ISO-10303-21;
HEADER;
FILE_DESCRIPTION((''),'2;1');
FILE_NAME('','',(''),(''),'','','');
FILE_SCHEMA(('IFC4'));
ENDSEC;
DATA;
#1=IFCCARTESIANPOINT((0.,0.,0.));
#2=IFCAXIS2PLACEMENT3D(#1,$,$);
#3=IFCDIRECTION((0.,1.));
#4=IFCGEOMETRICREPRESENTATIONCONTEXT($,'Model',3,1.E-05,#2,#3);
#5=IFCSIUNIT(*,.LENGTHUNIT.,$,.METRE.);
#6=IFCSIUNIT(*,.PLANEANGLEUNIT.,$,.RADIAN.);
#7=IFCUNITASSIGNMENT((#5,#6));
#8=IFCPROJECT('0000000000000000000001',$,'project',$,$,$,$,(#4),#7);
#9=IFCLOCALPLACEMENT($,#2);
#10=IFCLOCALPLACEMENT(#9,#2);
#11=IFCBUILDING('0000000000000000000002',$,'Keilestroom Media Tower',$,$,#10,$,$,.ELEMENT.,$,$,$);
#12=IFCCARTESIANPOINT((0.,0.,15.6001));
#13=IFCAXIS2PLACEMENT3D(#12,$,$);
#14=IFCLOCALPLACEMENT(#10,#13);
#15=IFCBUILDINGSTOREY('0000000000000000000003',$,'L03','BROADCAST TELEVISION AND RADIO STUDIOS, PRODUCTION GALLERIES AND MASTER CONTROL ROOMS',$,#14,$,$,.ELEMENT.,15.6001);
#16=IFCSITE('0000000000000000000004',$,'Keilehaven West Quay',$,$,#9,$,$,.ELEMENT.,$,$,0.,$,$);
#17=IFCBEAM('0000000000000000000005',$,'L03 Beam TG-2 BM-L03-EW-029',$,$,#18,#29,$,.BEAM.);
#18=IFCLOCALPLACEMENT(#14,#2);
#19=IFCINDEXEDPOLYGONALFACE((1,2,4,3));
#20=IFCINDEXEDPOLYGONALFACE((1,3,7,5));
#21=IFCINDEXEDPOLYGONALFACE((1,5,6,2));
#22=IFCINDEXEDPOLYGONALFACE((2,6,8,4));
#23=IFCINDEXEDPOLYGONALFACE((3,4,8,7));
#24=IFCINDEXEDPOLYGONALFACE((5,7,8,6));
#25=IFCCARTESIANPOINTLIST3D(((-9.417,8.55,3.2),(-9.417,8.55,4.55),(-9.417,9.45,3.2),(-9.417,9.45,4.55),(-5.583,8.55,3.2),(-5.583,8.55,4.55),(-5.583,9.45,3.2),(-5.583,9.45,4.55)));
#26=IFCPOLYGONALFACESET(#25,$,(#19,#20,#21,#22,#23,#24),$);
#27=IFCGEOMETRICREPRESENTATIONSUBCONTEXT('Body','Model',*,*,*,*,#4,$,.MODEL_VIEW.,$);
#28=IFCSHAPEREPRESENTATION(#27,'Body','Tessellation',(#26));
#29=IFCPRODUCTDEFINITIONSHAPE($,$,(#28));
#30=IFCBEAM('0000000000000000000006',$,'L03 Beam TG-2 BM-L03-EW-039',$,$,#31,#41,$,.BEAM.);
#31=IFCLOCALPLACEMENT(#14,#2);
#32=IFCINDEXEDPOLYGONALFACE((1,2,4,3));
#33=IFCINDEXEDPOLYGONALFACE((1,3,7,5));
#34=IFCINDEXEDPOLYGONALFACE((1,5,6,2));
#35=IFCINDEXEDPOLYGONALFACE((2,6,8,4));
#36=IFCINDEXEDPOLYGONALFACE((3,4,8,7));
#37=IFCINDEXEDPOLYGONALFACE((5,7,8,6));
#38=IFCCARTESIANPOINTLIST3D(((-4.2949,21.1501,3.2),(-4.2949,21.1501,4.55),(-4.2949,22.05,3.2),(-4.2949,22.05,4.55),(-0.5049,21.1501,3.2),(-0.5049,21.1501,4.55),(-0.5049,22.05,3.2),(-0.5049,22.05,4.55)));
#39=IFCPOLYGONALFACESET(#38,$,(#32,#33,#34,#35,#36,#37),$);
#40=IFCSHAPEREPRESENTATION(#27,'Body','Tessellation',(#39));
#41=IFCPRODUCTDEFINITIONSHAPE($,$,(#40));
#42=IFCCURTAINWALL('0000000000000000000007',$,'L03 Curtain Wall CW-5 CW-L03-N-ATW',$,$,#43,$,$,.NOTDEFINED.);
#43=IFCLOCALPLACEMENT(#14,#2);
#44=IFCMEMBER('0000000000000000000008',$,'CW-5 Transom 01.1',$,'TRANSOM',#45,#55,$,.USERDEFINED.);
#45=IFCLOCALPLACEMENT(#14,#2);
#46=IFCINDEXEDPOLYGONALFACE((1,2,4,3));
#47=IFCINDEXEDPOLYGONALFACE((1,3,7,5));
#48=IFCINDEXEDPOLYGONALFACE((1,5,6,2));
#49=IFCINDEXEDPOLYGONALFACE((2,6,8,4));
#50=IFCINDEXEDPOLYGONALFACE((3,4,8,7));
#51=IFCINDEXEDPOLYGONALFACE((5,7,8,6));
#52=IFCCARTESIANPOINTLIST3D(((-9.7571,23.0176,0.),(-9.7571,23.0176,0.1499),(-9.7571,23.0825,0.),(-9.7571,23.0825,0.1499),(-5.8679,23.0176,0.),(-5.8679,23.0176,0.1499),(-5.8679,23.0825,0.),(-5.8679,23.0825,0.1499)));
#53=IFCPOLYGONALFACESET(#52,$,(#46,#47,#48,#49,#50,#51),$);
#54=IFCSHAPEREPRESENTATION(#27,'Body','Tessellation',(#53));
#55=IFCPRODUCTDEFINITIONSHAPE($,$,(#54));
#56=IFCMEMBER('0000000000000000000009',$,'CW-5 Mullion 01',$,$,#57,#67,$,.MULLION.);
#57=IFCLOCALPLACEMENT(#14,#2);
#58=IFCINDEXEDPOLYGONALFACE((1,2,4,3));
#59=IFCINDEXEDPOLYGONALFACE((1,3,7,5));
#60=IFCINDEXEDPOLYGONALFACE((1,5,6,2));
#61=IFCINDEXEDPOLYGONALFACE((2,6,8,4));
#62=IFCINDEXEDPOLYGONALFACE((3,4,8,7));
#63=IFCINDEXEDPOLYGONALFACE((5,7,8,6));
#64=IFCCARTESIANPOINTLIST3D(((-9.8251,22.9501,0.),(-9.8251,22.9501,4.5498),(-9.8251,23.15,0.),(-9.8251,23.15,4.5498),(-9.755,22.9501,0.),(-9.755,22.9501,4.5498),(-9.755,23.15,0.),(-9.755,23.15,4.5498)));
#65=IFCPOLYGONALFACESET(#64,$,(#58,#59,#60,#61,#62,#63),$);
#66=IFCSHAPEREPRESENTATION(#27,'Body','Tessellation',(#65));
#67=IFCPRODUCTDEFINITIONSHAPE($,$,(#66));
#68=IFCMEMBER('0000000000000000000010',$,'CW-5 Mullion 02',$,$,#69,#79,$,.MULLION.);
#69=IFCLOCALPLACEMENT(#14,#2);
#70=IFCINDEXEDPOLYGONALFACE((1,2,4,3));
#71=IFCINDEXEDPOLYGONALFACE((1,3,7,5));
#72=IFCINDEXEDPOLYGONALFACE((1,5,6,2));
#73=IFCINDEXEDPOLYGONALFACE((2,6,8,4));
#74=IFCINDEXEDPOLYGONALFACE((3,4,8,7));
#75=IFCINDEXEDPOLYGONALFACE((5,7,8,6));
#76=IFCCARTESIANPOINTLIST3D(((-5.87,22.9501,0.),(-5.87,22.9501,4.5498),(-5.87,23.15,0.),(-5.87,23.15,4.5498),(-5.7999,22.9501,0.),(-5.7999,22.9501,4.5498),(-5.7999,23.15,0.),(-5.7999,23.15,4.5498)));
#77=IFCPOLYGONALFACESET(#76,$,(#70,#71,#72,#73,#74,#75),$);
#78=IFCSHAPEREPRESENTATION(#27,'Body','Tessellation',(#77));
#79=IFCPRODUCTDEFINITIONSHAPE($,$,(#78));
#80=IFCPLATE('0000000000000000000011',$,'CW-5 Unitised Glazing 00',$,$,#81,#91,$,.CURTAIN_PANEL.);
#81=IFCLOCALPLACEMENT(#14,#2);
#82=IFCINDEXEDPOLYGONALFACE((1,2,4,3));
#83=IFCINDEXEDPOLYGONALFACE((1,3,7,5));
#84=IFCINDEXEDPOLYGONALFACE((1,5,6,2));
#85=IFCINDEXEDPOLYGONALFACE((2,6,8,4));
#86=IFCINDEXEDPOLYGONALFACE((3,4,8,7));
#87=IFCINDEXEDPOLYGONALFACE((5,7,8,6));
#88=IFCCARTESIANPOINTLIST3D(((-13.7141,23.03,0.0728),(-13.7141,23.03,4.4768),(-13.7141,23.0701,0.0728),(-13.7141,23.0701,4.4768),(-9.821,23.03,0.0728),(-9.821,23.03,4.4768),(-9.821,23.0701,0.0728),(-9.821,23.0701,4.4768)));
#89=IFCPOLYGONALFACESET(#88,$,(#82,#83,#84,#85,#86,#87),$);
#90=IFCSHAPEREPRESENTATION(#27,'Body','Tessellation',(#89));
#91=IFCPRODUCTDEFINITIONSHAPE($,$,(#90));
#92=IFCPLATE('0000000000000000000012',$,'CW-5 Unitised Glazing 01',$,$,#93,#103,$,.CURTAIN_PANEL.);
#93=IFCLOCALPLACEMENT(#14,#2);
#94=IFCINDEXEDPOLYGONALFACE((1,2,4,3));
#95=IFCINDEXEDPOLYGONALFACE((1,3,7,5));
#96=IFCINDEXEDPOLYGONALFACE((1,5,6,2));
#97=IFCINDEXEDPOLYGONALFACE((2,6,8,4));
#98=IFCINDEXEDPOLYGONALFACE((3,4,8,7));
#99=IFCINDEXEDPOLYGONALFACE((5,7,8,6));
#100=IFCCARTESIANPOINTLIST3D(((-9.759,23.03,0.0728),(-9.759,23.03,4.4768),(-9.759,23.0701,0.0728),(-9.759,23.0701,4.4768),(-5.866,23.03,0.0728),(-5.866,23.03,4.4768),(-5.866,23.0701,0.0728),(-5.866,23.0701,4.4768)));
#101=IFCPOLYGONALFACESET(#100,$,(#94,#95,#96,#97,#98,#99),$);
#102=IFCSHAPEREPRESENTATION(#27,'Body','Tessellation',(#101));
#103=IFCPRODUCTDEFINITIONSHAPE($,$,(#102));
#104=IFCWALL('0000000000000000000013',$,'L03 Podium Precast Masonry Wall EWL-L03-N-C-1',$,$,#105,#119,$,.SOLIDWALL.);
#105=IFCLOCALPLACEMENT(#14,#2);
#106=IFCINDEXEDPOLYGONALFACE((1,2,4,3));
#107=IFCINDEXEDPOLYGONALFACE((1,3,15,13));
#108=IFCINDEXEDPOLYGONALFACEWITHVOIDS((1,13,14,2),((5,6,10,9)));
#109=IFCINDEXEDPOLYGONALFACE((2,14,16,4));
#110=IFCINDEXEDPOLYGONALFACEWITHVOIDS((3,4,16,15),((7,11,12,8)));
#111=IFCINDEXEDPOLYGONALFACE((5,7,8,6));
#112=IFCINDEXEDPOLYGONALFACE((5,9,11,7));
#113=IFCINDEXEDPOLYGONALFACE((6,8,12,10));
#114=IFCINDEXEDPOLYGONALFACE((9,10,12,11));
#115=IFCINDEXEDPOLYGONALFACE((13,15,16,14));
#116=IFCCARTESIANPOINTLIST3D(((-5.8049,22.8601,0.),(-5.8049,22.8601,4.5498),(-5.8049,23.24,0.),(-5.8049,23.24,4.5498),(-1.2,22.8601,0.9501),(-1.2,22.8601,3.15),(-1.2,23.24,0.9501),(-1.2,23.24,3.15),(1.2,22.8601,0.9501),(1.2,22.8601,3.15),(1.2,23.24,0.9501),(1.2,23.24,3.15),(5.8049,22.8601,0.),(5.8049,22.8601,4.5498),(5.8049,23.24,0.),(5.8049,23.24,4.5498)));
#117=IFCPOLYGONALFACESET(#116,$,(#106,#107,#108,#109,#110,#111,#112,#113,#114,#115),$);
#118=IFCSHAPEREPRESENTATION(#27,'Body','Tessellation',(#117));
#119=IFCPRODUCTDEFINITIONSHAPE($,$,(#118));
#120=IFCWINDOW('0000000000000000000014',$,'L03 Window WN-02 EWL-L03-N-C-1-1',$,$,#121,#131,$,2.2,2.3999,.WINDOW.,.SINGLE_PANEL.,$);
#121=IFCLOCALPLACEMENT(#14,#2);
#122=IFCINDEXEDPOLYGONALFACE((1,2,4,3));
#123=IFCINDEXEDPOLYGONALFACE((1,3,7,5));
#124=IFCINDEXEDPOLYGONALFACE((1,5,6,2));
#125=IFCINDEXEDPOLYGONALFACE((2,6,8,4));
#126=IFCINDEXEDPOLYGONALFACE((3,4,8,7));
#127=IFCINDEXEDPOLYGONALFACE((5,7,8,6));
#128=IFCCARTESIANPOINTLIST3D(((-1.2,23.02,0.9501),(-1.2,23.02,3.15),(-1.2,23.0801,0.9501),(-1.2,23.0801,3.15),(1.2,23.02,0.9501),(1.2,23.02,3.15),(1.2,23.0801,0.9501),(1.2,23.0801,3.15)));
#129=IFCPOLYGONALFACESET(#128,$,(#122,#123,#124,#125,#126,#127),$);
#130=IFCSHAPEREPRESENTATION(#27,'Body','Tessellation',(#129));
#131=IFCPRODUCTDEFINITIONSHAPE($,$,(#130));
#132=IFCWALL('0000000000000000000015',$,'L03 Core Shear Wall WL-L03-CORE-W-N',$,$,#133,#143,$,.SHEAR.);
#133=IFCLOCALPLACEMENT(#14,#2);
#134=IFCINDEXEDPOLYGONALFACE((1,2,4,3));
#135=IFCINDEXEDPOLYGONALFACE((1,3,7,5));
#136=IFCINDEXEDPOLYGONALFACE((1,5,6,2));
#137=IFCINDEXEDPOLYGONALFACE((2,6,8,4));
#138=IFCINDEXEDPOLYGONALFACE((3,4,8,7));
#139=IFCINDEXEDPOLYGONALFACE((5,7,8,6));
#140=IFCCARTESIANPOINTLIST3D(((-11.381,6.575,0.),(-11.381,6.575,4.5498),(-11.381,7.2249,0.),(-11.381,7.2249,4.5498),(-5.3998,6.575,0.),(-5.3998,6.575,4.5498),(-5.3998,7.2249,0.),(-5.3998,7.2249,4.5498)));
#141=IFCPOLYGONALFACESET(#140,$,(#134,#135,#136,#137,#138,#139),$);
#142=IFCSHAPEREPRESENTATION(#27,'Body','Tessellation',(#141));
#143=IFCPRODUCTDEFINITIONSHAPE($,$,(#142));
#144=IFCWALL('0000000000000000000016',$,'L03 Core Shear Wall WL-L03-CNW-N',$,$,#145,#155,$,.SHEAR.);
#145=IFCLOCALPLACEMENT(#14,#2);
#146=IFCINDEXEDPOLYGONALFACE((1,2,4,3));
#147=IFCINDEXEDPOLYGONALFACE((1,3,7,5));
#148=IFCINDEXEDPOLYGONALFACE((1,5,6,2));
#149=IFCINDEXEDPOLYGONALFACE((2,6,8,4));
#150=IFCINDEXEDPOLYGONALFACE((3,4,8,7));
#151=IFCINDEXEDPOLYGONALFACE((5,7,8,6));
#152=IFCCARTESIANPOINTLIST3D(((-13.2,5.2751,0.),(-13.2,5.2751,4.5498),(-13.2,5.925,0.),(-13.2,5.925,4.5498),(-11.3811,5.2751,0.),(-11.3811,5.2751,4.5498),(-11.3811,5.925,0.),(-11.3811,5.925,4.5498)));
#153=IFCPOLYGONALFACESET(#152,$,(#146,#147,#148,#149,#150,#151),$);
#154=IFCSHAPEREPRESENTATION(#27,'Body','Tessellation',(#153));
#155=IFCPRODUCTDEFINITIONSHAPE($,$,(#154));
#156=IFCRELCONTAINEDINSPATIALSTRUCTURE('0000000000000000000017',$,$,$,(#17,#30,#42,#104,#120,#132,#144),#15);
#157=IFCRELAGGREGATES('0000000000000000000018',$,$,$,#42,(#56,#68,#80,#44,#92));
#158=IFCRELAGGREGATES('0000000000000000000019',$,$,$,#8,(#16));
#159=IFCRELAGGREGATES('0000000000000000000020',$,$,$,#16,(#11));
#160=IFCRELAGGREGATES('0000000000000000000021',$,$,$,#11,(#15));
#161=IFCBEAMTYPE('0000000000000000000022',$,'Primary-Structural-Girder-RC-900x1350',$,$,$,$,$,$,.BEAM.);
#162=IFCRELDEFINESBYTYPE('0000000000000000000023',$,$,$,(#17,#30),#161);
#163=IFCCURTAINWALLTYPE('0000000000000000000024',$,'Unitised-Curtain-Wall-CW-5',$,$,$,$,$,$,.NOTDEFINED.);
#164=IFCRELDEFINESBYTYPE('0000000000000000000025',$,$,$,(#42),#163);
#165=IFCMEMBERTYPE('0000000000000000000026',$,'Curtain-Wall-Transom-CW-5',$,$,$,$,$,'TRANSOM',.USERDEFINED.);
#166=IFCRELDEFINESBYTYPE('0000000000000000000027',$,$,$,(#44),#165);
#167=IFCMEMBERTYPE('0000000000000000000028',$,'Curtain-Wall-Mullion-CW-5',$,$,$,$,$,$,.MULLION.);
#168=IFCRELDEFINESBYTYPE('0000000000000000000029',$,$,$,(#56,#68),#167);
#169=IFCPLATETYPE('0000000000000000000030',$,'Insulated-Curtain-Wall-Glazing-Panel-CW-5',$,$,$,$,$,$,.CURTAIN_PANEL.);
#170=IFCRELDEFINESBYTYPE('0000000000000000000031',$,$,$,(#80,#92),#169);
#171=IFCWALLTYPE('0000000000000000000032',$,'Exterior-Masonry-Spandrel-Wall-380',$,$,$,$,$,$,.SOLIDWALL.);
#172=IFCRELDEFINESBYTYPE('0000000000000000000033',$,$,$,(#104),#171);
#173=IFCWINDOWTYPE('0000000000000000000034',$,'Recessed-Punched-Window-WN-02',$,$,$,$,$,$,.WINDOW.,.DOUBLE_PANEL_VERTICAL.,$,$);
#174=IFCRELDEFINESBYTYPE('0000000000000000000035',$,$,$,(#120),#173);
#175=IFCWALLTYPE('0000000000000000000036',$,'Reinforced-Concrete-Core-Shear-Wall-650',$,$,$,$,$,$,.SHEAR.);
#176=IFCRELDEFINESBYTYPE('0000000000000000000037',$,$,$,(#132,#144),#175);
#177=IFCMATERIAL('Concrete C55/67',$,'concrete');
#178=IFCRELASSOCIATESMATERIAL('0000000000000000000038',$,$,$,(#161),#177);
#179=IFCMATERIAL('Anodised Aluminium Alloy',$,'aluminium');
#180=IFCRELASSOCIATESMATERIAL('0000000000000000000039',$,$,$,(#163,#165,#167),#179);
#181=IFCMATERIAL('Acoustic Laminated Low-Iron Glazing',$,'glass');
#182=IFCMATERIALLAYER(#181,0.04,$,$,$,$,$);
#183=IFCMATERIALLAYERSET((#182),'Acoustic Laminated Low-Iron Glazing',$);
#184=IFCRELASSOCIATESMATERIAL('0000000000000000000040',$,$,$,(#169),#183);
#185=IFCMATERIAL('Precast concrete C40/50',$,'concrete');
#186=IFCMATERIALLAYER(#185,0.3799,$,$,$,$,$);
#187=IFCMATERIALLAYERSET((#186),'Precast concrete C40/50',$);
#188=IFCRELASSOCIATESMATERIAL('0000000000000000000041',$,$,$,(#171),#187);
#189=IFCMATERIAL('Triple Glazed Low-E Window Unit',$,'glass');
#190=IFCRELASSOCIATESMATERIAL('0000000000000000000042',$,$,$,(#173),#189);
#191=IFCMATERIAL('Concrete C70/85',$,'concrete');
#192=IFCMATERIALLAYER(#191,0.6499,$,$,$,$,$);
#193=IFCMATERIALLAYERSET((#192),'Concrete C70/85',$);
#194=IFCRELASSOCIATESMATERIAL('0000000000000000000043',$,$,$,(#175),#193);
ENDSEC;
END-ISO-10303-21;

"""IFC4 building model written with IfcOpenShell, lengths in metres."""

from ifc_helpers import new_model, si_unit, direction, frame, frame_2d, origin, origin_2d, place, context, subcontext, project, spatial, rectangle, extrude, source, transform, mapped, material, layer, layer_set, material_profile, profile_set, type_object, element, fill, aggregate, save


model = new_model("IFC4")

# Units and contexts
model_context = context("Model", 3, precision=1e-05, world=origin(), true_north=direction((0.0, 1.0)))
body_context = subcontext(model_context, "Body", "Model", "MODEL_VIEW")
ifc_project = project(units=[si_unit("LENGTHUNIT", "METRE"), si_unit("PLANEANGLEUNIT", "RADIAN")], contexts=[model_context])

# Site, building, storey
site_placement = place(None, origin())
site = spatial("IfcSite", under=ifc_project, at=site_placement, Name="Keilehaven West Quay", CompositionType="ELEMENT", RefElevation=0.0)
building_placement = place(site_placement, origin())
building = spatial("IfcBuilding", under=site, at=building_placement, Name="Keilestroom Media Tower", CompositionType="ELEMENT")
storey_placement = place(building_placement, frame((0.0, 0.0, 15.6001)))
storey = spatial("IfcBuildingStorey", under=building, at=storey_placement, Name="L03", Description="BROADCAST TELEVISION AND RADIO STUDIOS, PRODUCTION GALLERIES AND MASTER CONTROL ROOMS", CompositionType="ELEMENT", Elevation=15.6001)

# Shared definitions
ifc_material_1 = material(Name="Concrete C55/67", Category="concrete")

# Beams
ifc_material_profile_1 = material_profile(ifc_material_1, rectangle(XDim=0.8999, YDim=1.3501, at=origin_2d()), Name="RC 900x1350")
ifc_profile_set_1 = profile_set([ifc_material_profile_1], Name="Concrete C55/67")
beam_type = type_object("IfcBeamType", Name="Primary-Structural-Girder-RC-900x1350", PredefinedType="BEAM", material=ifc_profile_set_1)
shared_shape_1 = source(origin(), body_context, "Body", "SweptSolid", [
    extrude(rectangle(XDim=0.8999, YDim=1.3501, at=origin_2d()), origin(), (0.0, 0.0, 1.0), 3.834),
])
beam_1_placement = place(storey_placement, frame((-9.417, 9.0, 3.875), z_axis=(1.0, 0.0, 0.0), x_axis=(0.0, 1.0, 0.0)))
element("IfcBeam", 1, at=beam_1_placement, inside=storey, type_object=beam_type, Name="L03 Beam TG-2 BM-L03-EW-029", PredefinedType="BEAM", context=body_context, shape_type="MappedRepresentation", body=[
    mapped(shared_shape_1, transform((0.0, 0.0, 0.0), x_axis=(1.0, 0.0, 0.0), y_axis=(0.0, 1.0, 0.0), z_axis=(0.0, 0.0, 1.0), scale=1.0)),
])
shared_shape_2 = source(origin(), body_context, "Body", "SweptSolid", [
    extrude(rectangle(XDim=0.8999, YDim=1.3501, at=origin_2d()), origin(), (0.0, 0.0, 1.0), 3.79),
])
beam_2_placement = place(storey_placement, frame((-4.2949, 21.6001, 3.875), z_axis=(1.0, 0.0, 0.0), x_axis=(0.0, 1.0, 0.0)))
element("IfcBeam", 2, at=beam_2_placement, inside=storey, type_object=beam_type, Name="L03 Beam TG-2 BM-L03-EW-039", PredefinedType="BEAM", context=body_context, shape_type="MappedRepresentation", body=[
    mapped(shared_shape_2, transform((0.0, 0.0, 0.0), x_axis=(1.0, 0.0, 0.0), y_axis=(0.0, 1.0, 0.0), z_axis=(0.0, 0.0, 1.0), scale=1.0)),
])

# Curtain wall, members, plates
ifc_material_2 = material(Name="Anodised Aluminium Alloy", Category="aluminium")
curtain_wall_type = type_object("IfcCurtainWallType", Name="Unitised-Curtain-Wall-CW-5", PredefinedType="NOTDEFINED", material=ifc_material_2)
curtain_wall_placement = place(storey_placement, origin())
curtain_wall = element("IfcCurtainWall", 3, at=curtain_wall_placement, inside=storey, type_object=curtain_wall_type, Name="L03 Curtain Wall CW-5 CW-L03-N-ATW", PredefinedType="NOTDEFINED")
ifc_material_profile_2 = material_profile(ifc_material_2, rectangle(XDim=0.0649, YDim=0.1499, at=origin_2d()), Name="ALU TRANSOM 65x150")
ifc_profile_set_2 = profile_set([ifc_material_profile_2], Name="Anodised Aluminium Alloy")
member_type_1 = type_object("IfcMemberType", Name="Curtain-Wall-Transom-CW-5", ElementType="TRANSOM", PredefinedType="USERDEFINED", material=ifc_profile_set_2)
shared_shape_3 = source(origin(), body_context, "Body", "SweptSolid", [
    extrude(rectangle(XDim=0.0649, YDim=0.1499, at=origin_2d()), origin(), (0.0, 0.0, 1.0), 3.8892),
])
member_1_placement = place(storey_placement, frame((-9.7571, 23.05, 0.075), z_axis=(1.0, 0.0, 0.0), x_axis=(0.0, 1.0, 0.0)))
member_1 = element("IfcMember", 4, at=member_1_placement, type_object=member_type_1, Name="CW-5 Transom 01.1", ObjectType="TRANSOM", PredefinedType="USERDEFINED", context=body_context, shape_type="MappedRepresentation", body=[
    mapped(shared_shape_3, transform((0.0, 0.0, 0.0), x_axis=(1.0, 0.0, 0.0), y_axis=(0.0, 1.0, 0.0), z_axis=(0.0, 0.0, 1.0), scale=1.0)),
])
ifc_material_profile_3 = material_profile(ifc_material_2, rectangle(XDim=0.0701, YDim=0.2, at=origin_2d()), Name="ALU MULLION 70x200")
ifc_profile_set_3 = profile_set([ifc_material_profile_3], Name="Anodised Aluminium Alloy")
member_type_2 = type_object("IfcMemberType", Name="Curtain-Wall-Mullion-CW-5", PredefinedType="MULLION", material=ifc_profile_set_3)
shared_shape_4 = source(origin(), body_context, "Body", "SweptSolid", [
    extrude(rectangle(XDim=0.0701, YDim=0.2, at=origin_2d()), origin(), (0.0, 0.0, 1.0), 4.5498),
])
member_2_placement = place(storey_placement, frame((-9.79, 23.05, 0.0), z_axis=(0.0, 0.0, 1.0), x_axis=(1.0, 0.0, 0.0)))
member_2 = element("IfcMember", 5, at=member_2_placement, type_object=member_type_2, Name="CW-5 Mullion 01", PredefinedType="MULLION", context=body_context, shape_type="MappedRepresentation", body=[
    mapped(shared_shape_4, transform((0.0, 0.0, 0.0), x_axis=(1.0, 0.0, 0.0), y_axis=(0.0, 1.0, 0.0), z_axis=(0.0, 0.0, 1.0), scale=1.0)),
])
member_3_placement = place(storey_placement, frame((-5.835, 23.05, 0.0), z_axis=(0.0, 0.0, 1.0), x_axis=(1.0, 0.0, 0.0)))
member_3 = element("IfcMember", 6, at=member_3_placement, type_object=member_type_2, Name="CW-5 Mullion 02", PredefinedType="MULLION", context=body_context, shape_type="MappedRepresentation", body=[
    mapped(shared_shape_4, transform((0.0, 0.0, 0.0), x_axis=(1.0, 0.0, 0.0), y_axis=(0.0, 1.0, 0.0), z_axis=(0.0, 0.0, 1.0), scale=1.0)),
])
ifc_material_3 = material(Name="Acoustic Laminated Low-Iron Glazing", Category="glass")
ifc_layer_1 = layer(ifc_material_3, 0.04)
ifc_layer_set_1 = layer_set([ifc_layer_1], Name="Acoustic Laminated Low-Iron Glazing")
plate_type = type_object("IfcPlateType", Name="Insulated-Curtain-Wall-Glazing-Panel-CW-5", PredefinedType="CURTAIN_PANEL", material=ifc_layer_set_1)
shared_shape_5 = source(origin(), body_context, "Body", "SweptSolid", [
    extrude(rectangle(XDim=3.8931, YDim=0.04, at=origin_2d()), origin(), (0.0, 0.0, 1.0), 4.4041),
])
plate_1_placement = place(storey_placement, frame((-11.7676, 23.05, 0.0728), z_axis=(0.0, 0.0, 1.0), x_axis=(1.0, 0.0, 0.0)))
plate_1 = element("IfcPlate", 7, at=plate_1_placement, type_object=plate_type, Name="CW-5 Unitised Glazing 00", PredefinedType="CURTAIN_PANEL", context=body_context, shape_type="MappedRepresentation", body=[
    mapped(shared_shape_5, transform((0.0, 0.0, 0.0), x_axis=(1.0, 0.0, 0.0), y_axis=(0.0, 1.0, 0.0), z_axis=(0.0, 0.0, 1.0), scale=1.0)),
])
plate_2_placement = place(storey_placement, frame((-7.8125, 23.05, 0.0728), z_axis=(0.0, 0.0, 1.0), x_axis=(1.0, 0.0, 0.0)))
plate_2 = element("IfcPlate", 8, at=plate_2_placement, type_object=plate_type, Name="CW-5 Unitised Glazing 01", PredefinedType="CURTAIN_PANEL", context=body_context, shape_type="MappedRepresentation", body=[
    mapped(shared_shape_5, transform((0.0, 0.0, 0.0), x_axis=(1.0, 0.0, 0.0), y_axis=(0.0, 1.0, 0.0), z_axis=(0.0, 0.0, 1.0), scale=1.0)),
])
aggregate(curtain_wall, [member_2, member_3, plate_1, member_1, plate_2])

# Wall, opening, window
ifc_material_4 = material(Name="Precast concrete C40/50", Category="concrete")
ifc_layer_2 = layer(ifc_material_4, 0.3799)
ifc_layer_set_2 = layer_set([ifc_layer_2], Name="Precast concrete C40/50")
wall_type_1 = type_object("IfcWallType", Name="Exterior-Masonry-Spandrel-Wall-380", PredefinedType="SOLIDWALL", material=ifc_layer_set_2)
wall_1_placement = place(storey_placement, frame((-5.8049, 23.05, 0.0), z_axis=(0.0, 0.0, 1.0), x_axis=(1.0, 0.0, 0.0)))
wall_1 = element("IfcWall", 9, at=wall_1_placement, inside=storey, type_object=wall_type_1, Name="L03 Podium Precast Masonry Wall EWL-L03-N-C-1", PredefinedType="SOLIDWALL", context=body_context, shape_type="SweptSolid", body=[
    extrude(rectangle(XDim=11.6099, YDim=0.3799, at=frame_2d((5.8049, 0.0))), origin(), (0.0, 0.0, 1.0), 4.5498),
])
opening_placement = place(wall_1_placement, frame((4.605, 0.0, 0.95)))
opening = element("IfcOpeningElement", 10, at=opening_placement, cuts=wall_1, PredefinedType="OPENING", context=body_context, shape_type="SweptSolid", body=[
    extrude(rectangle(XDim=2.3999, YDim=2.2, at=frame_2d((1.2, 1.1001))), frame((0.0, 0.2, 0.0), z_axis=(0.0, -1.0, 0.0), x_axis=(1.0, 0.0, 0.0)), (0.0, 0.0, 1.0), 0.3999),
])
ifc_material_5 = material(Name="Triple Glazed Low-E Window Unit", Category="glass")
window_type = type_object("IfcWindowType", Name="Recessed-Punched-Window-WN-02", PartitioningType="DOUBLE_PANEL_VERTICAL", PredefinedType="WINDOW", material=ifc_material_5)
shared_shape_6 = source(origin(), body_context, "Body", "SweptSolid", [
    extrude(rectangle(XDim=2.3999, YDim=2.2, at=frame_2d((1.2, 1.1001))), frame((0.0, 0.03, 0.0), z_axis=(0.0, -1.0, 0.0), x_axis=(1.0, 0.0, 0.0)), (0.0, 0.0, 1.0), 0.0601),
])
window_placement = place(opening_placement, origin())
window = element("IfcWindow", 11, at=window_placement, inside=storey, type_object=window_type, Name="L03 Window WN-02 EWL-L03-N-C-1-1", OverallHeight=2.2, OverallWidth=2.3999, PartitioningType="SINGLE_PANEL", PredefinedType="WINDOW", context=body_context, shape_type="MappedRepresentation", body=[
    mapped(shared_shape_6, transform((0.0, 0.0, 0.0), x_axis=(1.0, 0.0, 0.0), y_axis=(0.0, 1.0, 0.0), z_axis=(0.0, 0.0, 1.0), scale=1.0)),
])
fill(opening, window)

# Walls
ifc_material_6 = material(Name="Concrete C70/85", Category="concrete")
ifc_layer_3 = layer(ifc_material_6, 0.6499)
ifc_layer_set_3 = layer_set([ifc_layer_3], Name="Concrete C70/85")
wall_type_2 = type_object("IfcWallType", Name="Reinforced-Concrete-Core-Shear-Wall-650", PredefinedType="SHEAR", material=ifc_layer_set_3)
wall_2_placement = place(storey_placement, frame((-11.3811, 6.8999, 0.0), z_axis=(0.0, 0.0, 1.0), x_axis=(1.0, 0.0, 0.0)))
element("IfcWall", 12, at=wall_2_placement, inside=storey, type_object=wall_type_2, Name="L03 Core Shear Wall WL-L03-CORE-W-N", PredefinedType="SHEAR", context=body_context, shape_type="SweptSolid", body=[
    extrude(rectangle(XDim=5.9812, YDim=0.6499, at=frame_2d((2.9907, 0.0))), origin(), (0.0, 0.0, 1.0), 4.5498),
])
wall_3_placement = place(storey_placement, frame((-13.2, 5.6001, 0.0), z_axis=(0.0, 0.0, 1.0), x_axis=(1.0, 0.0, 0.0)))
element("IfcWall", 13, at=wall_3_placement, inside=storey, type_object=wall_type_2, Name="L03 Core Shear Wall WL-L03-CNW-N", PredefinedType="SHEAR", context=body_context, shape_type="SweptSolid", body=[
    extrude(rectangle(XDim=1.8188, YDim=0.6499, at=frame_2d((0.9094, 0.0))), origin(), (0.0, 0.0, 1.0), 4.5498),
])

save(model, "model.ifc")
